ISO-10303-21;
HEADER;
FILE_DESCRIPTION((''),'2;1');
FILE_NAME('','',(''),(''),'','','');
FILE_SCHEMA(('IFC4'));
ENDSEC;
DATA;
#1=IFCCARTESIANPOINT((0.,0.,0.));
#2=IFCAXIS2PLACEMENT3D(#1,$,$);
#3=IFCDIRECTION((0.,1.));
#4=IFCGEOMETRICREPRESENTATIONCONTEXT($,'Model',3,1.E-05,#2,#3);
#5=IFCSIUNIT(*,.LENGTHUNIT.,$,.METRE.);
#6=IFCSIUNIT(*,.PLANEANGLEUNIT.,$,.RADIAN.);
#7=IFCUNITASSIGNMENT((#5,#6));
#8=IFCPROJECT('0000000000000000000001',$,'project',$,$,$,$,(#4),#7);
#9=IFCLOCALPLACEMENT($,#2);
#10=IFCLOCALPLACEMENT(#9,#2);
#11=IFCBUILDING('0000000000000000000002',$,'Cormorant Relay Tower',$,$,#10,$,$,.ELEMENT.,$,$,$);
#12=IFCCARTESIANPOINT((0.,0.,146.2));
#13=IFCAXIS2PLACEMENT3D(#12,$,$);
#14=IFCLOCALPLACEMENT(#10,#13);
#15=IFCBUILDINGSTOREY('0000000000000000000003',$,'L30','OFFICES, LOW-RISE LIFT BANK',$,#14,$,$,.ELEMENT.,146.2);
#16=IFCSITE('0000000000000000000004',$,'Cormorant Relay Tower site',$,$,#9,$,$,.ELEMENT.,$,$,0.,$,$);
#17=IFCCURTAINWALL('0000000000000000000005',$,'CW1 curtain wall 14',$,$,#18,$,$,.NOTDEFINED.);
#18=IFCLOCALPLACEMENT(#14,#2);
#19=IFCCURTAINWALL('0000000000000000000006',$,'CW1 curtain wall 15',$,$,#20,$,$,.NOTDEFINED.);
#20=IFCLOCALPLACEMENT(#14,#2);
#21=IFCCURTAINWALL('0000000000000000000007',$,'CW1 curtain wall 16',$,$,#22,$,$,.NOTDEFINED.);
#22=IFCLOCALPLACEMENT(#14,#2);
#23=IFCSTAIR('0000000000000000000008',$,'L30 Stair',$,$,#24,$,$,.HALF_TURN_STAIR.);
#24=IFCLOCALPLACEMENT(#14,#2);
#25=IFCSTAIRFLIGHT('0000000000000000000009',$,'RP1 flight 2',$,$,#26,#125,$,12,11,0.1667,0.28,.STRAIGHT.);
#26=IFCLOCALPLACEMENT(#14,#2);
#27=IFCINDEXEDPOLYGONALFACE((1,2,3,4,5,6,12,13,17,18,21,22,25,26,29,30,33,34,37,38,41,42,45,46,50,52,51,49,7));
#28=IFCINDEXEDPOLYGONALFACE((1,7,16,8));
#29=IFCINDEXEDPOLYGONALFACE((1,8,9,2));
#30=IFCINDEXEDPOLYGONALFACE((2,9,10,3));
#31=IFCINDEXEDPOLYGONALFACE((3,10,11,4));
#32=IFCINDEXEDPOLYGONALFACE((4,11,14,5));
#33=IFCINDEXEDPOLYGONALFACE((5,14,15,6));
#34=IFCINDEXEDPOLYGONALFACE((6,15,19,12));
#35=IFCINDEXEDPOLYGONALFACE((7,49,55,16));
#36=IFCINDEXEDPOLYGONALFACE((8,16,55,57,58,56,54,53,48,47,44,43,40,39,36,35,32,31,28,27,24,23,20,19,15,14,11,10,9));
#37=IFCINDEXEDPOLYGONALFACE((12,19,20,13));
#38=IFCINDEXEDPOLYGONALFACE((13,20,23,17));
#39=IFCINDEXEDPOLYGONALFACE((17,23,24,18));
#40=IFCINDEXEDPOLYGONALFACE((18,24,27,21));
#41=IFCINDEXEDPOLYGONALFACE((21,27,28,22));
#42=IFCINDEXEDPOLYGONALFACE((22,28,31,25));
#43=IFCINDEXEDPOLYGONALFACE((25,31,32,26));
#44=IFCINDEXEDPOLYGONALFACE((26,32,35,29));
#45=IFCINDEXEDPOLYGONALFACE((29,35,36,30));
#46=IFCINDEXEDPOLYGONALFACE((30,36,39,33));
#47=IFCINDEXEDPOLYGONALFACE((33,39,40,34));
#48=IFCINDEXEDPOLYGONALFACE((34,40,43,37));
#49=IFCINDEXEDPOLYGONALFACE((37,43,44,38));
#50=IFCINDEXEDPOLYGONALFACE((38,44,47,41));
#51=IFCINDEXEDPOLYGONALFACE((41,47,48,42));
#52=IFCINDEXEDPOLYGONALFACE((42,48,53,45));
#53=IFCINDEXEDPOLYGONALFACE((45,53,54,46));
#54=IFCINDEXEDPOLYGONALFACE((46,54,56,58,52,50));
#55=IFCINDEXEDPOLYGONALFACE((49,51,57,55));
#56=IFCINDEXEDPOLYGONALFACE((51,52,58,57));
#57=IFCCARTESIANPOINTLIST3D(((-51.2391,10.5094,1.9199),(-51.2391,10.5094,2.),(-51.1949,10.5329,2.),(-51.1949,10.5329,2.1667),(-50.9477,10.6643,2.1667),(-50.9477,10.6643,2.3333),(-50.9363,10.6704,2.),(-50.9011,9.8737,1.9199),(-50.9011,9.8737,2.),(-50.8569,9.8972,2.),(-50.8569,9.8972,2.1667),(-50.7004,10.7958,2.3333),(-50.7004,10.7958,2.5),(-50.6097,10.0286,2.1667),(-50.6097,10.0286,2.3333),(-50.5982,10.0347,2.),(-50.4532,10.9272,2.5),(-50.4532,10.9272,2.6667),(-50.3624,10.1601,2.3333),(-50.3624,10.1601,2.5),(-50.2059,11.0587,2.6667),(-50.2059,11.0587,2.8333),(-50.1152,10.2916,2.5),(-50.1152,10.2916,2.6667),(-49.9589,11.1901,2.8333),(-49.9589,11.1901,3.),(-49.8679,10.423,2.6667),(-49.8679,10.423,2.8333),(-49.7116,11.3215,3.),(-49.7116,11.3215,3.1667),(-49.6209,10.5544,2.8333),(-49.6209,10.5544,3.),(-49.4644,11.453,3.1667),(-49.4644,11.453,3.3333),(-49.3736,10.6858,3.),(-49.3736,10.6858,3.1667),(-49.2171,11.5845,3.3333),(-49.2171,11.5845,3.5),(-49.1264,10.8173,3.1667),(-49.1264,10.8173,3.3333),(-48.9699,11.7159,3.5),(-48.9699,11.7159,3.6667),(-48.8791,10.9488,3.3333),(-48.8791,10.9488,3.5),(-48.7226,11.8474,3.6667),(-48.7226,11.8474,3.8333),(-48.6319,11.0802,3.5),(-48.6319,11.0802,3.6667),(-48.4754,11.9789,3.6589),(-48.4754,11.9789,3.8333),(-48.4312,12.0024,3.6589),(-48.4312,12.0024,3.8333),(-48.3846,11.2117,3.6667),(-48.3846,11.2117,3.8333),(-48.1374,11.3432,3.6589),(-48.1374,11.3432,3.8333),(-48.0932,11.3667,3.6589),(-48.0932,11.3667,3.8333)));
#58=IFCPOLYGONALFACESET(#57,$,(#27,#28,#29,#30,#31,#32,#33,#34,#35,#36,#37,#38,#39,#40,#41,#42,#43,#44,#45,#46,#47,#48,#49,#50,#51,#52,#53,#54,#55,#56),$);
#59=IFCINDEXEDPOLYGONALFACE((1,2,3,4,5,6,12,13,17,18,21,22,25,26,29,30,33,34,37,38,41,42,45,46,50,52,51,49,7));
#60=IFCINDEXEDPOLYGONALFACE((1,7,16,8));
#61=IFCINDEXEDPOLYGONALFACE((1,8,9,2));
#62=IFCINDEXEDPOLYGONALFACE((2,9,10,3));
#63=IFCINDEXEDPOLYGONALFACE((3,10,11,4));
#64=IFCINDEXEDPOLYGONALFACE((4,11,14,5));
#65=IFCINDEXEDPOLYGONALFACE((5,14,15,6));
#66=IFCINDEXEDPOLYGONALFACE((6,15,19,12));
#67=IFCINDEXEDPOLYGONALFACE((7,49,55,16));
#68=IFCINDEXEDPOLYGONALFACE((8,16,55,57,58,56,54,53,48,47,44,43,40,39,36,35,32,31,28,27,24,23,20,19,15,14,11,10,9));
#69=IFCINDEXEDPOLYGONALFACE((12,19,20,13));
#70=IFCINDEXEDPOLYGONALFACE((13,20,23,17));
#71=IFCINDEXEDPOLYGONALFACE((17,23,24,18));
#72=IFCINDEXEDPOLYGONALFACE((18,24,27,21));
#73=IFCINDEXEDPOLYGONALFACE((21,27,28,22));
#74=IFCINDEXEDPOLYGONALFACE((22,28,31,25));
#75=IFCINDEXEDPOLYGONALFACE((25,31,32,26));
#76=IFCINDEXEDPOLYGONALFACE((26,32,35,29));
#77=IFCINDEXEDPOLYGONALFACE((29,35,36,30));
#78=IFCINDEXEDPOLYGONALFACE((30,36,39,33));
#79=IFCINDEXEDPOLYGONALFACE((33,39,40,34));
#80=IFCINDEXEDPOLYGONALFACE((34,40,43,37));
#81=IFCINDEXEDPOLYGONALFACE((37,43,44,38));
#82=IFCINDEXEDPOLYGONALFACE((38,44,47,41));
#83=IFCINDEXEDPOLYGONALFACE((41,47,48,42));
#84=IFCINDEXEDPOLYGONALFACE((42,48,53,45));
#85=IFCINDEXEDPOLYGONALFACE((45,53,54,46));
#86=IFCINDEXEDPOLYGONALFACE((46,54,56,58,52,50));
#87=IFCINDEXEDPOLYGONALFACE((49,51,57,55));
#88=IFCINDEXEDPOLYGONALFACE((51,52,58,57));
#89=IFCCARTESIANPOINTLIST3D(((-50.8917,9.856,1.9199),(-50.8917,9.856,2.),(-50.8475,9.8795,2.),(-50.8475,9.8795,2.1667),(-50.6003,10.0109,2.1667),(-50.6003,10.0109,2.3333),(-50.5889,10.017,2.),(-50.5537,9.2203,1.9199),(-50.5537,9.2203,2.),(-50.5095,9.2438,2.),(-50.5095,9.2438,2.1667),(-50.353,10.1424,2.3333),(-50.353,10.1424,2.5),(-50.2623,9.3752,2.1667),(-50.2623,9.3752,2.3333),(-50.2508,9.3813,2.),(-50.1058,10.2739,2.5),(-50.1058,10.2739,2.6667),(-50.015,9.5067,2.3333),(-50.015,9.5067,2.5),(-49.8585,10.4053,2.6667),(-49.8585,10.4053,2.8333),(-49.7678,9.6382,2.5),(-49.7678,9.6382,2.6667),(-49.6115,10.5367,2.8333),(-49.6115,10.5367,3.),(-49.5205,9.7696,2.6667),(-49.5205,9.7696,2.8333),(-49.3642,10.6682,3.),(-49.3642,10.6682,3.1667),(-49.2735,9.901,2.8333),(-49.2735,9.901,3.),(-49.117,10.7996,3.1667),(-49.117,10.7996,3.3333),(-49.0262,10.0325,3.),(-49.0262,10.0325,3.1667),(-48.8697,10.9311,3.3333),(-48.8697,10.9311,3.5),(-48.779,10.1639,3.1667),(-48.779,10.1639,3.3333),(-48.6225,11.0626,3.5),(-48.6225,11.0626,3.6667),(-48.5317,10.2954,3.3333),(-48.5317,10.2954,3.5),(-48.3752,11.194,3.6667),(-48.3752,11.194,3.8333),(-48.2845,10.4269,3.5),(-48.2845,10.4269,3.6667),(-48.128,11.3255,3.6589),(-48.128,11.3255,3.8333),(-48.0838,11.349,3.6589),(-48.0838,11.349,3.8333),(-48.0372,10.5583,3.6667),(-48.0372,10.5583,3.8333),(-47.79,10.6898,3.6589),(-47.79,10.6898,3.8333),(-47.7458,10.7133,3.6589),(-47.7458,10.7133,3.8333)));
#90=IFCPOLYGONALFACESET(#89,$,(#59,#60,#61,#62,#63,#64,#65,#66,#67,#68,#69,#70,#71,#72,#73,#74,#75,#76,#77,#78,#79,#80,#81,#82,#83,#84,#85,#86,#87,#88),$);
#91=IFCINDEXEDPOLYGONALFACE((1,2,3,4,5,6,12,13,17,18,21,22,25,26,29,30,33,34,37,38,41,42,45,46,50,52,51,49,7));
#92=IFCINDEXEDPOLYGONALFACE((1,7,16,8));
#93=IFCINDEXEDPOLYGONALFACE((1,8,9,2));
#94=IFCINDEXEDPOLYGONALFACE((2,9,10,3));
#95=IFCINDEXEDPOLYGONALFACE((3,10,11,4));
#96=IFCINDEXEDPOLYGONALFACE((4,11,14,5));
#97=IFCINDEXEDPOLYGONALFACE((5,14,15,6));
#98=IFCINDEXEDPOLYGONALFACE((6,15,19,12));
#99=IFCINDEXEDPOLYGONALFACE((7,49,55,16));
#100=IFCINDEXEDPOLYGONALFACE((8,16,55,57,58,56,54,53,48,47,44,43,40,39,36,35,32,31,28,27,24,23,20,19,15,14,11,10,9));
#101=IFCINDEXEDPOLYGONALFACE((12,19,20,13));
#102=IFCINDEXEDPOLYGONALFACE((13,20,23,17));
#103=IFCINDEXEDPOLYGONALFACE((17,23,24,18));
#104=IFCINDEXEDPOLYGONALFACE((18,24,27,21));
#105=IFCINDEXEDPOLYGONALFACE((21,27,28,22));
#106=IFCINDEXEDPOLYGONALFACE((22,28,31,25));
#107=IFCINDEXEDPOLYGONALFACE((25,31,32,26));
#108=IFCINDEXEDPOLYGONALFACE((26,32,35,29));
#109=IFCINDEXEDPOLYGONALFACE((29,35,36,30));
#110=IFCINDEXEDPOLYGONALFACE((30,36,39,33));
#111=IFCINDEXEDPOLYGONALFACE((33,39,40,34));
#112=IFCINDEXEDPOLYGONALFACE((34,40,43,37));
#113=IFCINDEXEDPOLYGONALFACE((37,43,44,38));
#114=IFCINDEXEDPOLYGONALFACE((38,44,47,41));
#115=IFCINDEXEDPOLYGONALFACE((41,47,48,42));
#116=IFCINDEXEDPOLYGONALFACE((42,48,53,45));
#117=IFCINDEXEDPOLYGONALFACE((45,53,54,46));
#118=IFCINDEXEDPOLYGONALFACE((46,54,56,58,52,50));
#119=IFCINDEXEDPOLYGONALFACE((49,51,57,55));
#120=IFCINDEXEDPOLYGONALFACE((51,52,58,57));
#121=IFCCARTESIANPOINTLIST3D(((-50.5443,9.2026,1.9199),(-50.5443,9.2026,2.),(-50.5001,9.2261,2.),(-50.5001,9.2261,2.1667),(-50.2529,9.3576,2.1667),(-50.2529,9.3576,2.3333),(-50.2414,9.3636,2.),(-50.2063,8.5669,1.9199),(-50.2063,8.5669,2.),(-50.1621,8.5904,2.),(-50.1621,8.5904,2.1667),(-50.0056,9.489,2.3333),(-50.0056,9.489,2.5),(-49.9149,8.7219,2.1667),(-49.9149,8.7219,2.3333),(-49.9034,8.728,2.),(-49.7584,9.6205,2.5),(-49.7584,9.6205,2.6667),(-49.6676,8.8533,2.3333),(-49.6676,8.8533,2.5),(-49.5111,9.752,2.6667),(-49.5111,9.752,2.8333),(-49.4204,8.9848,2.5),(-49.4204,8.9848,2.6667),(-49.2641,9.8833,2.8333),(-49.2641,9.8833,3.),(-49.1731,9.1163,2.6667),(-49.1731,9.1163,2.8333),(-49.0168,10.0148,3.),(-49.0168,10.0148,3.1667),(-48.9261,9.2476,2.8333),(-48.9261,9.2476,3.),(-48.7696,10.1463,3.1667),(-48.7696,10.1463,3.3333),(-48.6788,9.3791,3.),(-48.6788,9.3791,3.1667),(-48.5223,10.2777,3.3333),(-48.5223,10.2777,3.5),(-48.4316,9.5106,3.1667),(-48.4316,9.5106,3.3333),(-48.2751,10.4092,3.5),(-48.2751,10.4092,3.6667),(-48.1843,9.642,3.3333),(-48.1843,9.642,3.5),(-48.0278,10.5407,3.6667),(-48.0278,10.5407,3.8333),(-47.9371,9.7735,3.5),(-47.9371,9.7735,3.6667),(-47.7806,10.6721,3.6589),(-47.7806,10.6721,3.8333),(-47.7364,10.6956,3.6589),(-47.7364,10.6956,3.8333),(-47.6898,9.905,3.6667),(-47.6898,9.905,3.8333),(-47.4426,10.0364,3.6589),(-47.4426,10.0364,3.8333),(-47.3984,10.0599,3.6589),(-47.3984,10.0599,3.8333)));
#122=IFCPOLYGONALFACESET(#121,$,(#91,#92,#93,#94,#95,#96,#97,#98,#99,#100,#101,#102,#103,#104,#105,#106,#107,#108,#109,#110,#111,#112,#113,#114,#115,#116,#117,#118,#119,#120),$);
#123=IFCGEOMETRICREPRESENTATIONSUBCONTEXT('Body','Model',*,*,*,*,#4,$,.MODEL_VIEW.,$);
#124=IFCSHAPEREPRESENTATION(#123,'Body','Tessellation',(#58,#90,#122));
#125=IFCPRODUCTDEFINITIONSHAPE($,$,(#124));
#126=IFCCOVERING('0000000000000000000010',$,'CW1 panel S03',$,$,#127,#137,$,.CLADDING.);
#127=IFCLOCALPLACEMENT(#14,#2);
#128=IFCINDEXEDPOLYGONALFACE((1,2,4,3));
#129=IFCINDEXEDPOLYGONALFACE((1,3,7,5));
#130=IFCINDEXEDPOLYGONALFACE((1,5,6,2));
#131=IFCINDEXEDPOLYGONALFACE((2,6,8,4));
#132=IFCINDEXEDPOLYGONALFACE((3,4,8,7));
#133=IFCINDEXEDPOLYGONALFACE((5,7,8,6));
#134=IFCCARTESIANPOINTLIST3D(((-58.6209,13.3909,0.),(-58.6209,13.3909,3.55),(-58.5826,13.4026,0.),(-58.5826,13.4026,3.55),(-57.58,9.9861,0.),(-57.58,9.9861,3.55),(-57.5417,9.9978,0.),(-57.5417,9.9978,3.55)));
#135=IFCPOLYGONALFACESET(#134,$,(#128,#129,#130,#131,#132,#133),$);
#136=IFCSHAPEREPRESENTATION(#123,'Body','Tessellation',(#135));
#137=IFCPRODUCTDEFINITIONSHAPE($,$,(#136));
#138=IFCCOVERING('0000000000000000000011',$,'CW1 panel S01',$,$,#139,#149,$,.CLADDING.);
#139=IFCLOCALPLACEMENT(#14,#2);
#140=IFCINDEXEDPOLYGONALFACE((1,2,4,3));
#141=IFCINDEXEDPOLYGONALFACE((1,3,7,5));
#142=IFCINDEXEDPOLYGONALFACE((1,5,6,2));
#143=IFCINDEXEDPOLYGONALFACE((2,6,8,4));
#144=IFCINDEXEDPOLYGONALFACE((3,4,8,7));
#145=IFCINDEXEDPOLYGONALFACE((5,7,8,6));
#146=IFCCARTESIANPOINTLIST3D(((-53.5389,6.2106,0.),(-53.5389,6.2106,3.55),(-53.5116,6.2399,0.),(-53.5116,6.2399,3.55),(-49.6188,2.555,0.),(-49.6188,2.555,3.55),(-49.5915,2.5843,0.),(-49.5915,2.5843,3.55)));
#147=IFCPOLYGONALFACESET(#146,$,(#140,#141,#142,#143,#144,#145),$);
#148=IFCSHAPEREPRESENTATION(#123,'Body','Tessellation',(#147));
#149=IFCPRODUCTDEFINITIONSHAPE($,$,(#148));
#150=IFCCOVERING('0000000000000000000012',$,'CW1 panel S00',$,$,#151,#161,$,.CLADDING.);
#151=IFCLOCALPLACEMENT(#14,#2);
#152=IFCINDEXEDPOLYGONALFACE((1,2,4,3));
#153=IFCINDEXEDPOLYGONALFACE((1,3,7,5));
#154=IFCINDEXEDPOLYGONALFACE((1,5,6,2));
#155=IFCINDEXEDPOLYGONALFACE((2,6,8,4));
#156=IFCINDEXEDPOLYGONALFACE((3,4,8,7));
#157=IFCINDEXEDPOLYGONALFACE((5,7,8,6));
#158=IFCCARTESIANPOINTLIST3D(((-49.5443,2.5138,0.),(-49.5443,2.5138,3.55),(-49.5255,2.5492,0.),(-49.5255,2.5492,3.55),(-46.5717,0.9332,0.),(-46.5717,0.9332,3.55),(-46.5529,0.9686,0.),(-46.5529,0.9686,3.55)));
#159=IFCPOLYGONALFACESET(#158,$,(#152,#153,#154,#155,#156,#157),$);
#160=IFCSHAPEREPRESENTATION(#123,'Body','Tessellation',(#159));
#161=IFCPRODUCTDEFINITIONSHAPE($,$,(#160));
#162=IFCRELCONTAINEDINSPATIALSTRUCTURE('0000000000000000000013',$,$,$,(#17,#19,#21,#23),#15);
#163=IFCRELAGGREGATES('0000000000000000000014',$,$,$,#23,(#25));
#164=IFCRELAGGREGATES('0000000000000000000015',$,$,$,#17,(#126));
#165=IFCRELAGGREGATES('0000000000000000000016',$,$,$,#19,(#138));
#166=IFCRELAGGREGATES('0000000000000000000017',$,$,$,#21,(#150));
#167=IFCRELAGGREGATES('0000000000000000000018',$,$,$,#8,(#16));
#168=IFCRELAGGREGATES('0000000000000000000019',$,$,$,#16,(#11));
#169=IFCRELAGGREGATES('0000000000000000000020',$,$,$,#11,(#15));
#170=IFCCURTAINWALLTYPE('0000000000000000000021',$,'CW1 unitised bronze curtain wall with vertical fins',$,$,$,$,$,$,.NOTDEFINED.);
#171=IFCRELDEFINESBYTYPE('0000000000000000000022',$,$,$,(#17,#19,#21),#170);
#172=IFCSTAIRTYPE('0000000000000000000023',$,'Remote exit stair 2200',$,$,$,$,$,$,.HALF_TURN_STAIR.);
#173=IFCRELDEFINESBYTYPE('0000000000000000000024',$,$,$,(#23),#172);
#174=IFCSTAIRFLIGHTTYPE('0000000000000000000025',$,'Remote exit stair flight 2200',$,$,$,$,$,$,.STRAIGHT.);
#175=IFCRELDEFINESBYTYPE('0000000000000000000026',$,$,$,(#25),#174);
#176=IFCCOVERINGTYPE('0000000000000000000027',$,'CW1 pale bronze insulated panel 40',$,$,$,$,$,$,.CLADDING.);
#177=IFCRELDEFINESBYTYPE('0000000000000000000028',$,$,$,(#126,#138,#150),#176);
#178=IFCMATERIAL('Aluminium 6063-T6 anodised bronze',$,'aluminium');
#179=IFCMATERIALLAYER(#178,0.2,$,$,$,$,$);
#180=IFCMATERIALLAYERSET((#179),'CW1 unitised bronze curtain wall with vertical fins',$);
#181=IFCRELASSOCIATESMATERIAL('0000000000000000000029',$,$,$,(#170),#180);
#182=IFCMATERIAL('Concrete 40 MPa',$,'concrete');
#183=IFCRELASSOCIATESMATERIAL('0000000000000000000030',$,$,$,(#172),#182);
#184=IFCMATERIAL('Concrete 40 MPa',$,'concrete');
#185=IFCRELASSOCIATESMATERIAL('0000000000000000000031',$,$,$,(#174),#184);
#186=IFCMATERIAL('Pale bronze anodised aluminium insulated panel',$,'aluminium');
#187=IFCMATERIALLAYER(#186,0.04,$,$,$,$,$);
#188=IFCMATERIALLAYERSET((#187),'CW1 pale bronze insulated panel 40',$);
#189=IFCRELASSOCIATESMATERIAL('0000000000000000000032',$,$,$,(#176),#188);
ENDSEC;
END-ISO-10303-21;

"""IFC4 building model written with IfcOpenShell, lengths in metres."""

from ifc_helpers import new_model, si_unit, direction, frame, origin, origin_2d, place, context, subcontext, project, spatial, polyline, rectangle, outline, extrude, material, layer, layer_set, type_object, element, aggregate, save


model = new_model("IFC4")

# Units and contexts
model_context = context("Model", 3, precision=1e-05, world=origin(), true_north=direction((0.0, 1.0)))
body_context = subcontext(model_context, "Body", "Model", "MODEL_VIEW")
ifc_project = project(units=[si_unit("LENGTHUNIT", "METRE"), si_unit("PLANEANGLEUNIT", "RADIAN")], contexts=[model_context])

# Site, building, storey
site_placement = place(None, origin())
site = spatial("IfcSite", under=ifc_project, at=site_placement, Name="Cormorant Relay Tower site", CompositionType="ELEMENT", RefElevation=0.0)
building_placement = place(site_placement, origin())
building = spatial("IfcBuilding", under=site, at=building_placement, Name="Cormorant Relay Tower", CompositionType="ELEMENT")
storey_placement = place(building_placement, frame((0.0, 0.0, 146.2)))
storey = spatial("IfcBuildingStorey", under=building, at=storey_placement, Name="L30", Description="OFFICES, LOW-RISE LIFT BANK", CompositionType="ELEMENT", Elevation=146.2)

# Curtain wall
ifc_material_1 = material(Name="Aluminium 6063-T6 anodised bronze", Category="aluminium")
ifc_layer_1 = layer(ifc_material_1, 0.2)
ifc_layer_set_1 = layer_set([ifc_layer_1], Name="CW1 unitised bronze curtain wall with vertical fins")
curtain_wall_type = type_object("IfcCurtainWallType", Name="CW1 unitised bronze curtain wall with vertical fins", PredefinedType="NOTDEFINED", material=ifc_layer_set_1)
curtain_wall_1_placement = place(storey_placement, origin())
curtain_wall_1 = element("IfcCurtainWall", 1, at=curtain_wall_1_placement, inside=storey, type_object=curtain_wall_type, Name="CW1 curtain wall 14", PredefinedType="NOTDEFINED")

# Curtain wall
curtain_wall_2_placement = place(storey_placement, origin())
curtain_wall_2 = element("IfcCurtainWall", 2, at=curtain_wall_2_placement, inside=storey, type_object=curtain_wall_type, Name="CW1 curtain wall 15", PredefinedType="NOTDEFINED")

# Curtain wall
curtain_wall_3_placement = place(storey_placement, origin())
curtain_wall_3 = element("IfcCurtainWall", 3, at=curtain_wall_3_placement, inside=storey, type_object=curtain_wall_type, Name="CW1 curtain wall 16", PredefinedType="NOTDEFINED")

# Stair, stair flight
ifc_material_2 = material(Name="Concrete 40 MPa", Category="concrete")
stair_type = type_object("IfcStairType", Name="Remote exit stair 2200", PredefinedType="HALF_TURN_STAIR", material=ifc_material_2)
stair_placement = place(storey_placement, origin())
stair = element("IfcStair", 4, at=stair_placement, inside=storey, type_object=stair_type, Name="L30 Stair", PredefinedType="HALF_TURN_STAIR")
ifc_material_3 = material(Name="Concrete 40 MPa", Category="concrete")
stair_flight_type = type_object("IfcStairFlightType", Name="Remote exit stair flight 2200", PredefinedType="STRAIGHT", material=ifc_material_3)
stair_flight_1_placement = place(storey_placement, frame((-50.6785, 9.5615, 2.0), z_axis=(0.0, 0.0, 1.0), x_axis=(0.882948, 0.469472, 0.0)))
stair_flight_1 = element("IfcStairFlight", 5, at=stair_flight_1_placement, type_object=stair_flight_type, Name="RP1 flight 2", NumberOfRisers=12, NumberOfTreads=11, PredefinedType="STRAIGHT", RiserHeight=0.1667, TreadLength=0.28, context=body_context, shape_type="SweptSolid", body=[
    extrude(outline(polyline([(-0.05, -0.0801), (-0.05, 0.0), (0.0, 0.0), (0.0, 0.1667), (0.28, 0.1667), (0.28, 0.3333), (0.5601, 0.3333), (0.5601, 0.5), (0.8401, 0.5), (0.8401, 0.6667), (1.1201, 0.6667), (1.1201, 0.8333), (1.3999, 0.8333), (1.3999, 1.0), (1.6799, 1.0), (1.6799, 1.1667), (1.96, 1.1667), (1.96, 1.3333), (2.24, 1.3333), (2.24, 1.5), (2.52, 1.5), (2.52, 1.6667), (2.8, 1.6667), (2.8, 1.8333), (3.0801, 1.8333), (3.1301, 1.8333), (3.1301, 1.6589), (3.0801, 1.6589), (0.293, 0.0), (-0.05, -0.0801)])), frame((0.0, 1.1001, 0.0), z_axis=(0.0, -1.0, 0.0), x_axis=(1.0, 0.0, 0.0)), (0.0, 0.0, 1.0), 0.72),
    extrude(outline(polyline([(-0.05, -0.0801), (-0.05, 0.0), (0.0, 0.0), (0.0, 0.1667), (0.28, 0.1667), (0.28, 0.3333), (0.5601, 0.3333), (0.5601, 0.5), (0.8401, 0.5), (0.8401, 0.6667), (1.1201, 0.6667), (1.1201, 0.8333), (1.3999, 0.8333), (1.3999, 1.0), (1.6799, 1.0), (1.6799, 1.1667), (1.96, 1.1667), (1.96, 1.3333), (2.24, 1.3333), (2.24, 1.5), (2.52, 1.5), (2.52, 1.6667), (2.8, 1.6667), (2.8, 1.8333), (3.0801, 1.8333), (3.1301, 1.8333), (3.1301, 1.6589), (3.0801, 1.6589), (0.293, 0.0), (-0.05, -0.0801)])), frame((0.0, 0.3601, 0.0), z_axis=(0.0, -1.0, 0.0), x_axis=(1.0, 0.0, 0.0)), (0.0, 0.0, 1.0), 0.72),
    extrude(outline(polyline([(-0.05, -0.0801), (-0.05, 0.0), (0.0, 0.0), (0.0, 0.1667), (0.28, 0.1667), (0.28, 0.3333), (0.5601, 0.3333), (0.5601, 0.5), (0.8401, 0.5), (0.8401, 0.6667), (1.1201, 0.6667), (1.1201, 0.8333), (1.3999, 0.8333), (1.3999, 1.0), (1.6799, 1.0), (1.6799, 1.1667), (1.96, 1.1667), (1.96, 1.3333), (2.24, 1.3333), (2.24, 1.5), (2.52, 1.5), (2.52, 1.6667), (2.8, 1.6667), (2.8, 1.8333), (3.0801, 1.8333), (3.1301, 1.8333), (3.1301, 1.6589), (3.0801, 1.6589), (0.293, 0.0), (-0.05, -0.0801)])), frame((0.0, -0.3799, 0.0), z_axis=(0.0, -1.0, 0.0), x_axis=(1.0, 0.0, 0.0)), (0.0, 0.0, 1.0), 0.72),
])
aggregate(stair, [stair_flight_1])

# Coverings
ifc_material_4 = material(Name="Pale bronze anodised aluminium insulated panel", Category="aluminium")
ifc_layer_2 = layer(ifc_material_4, 0.04)
ifc_layer_set_2 = layer_set([ifc_layer_2], Name="CW1 pale bronze insulated panel 40")
covering_type = type_object("IfcCoveringType", Name="CW1 pale bronze insulated panel 40", PredefinedType="CLADDING", material=ifc_layer_set_2)
covering_1_placement = place(storey_placement, frame((-58.0813, 11.6943, 0.0), z_axis=(0.0, 0.0, 1.0), x_axis=(0.292372, -0.956305, 0.0)))
covering_1 = element("IfcCovering", 6, at=covering_1_placement, type_object=covering_type, Name="CW1 panel S03", PredefinedType="CLADDING", context=body_context, shape_type="SweptSolid", body=[
    extrude(rectangle(XDim=3.5603, YDim=0.04, at=origin_2d()), origin(), (0.0, 0.0, 1.0), 3.55),
])
aggregate(curtain_wall_1, [covering_1])
covering_2_placement = place(storey_placement, frame((-51.5652, 4.3975, 0.0), z_axis=(0.0, 0.0, 1.0), x_axis=(0.731354, -0.681998, 0.0)))
covering_2 = element("IfcCovering", 7, at=covering_2_placement, type_object=covering_type, Name="CW1 panel S01", PredefinedType="CLADDING", context=body_context, shape_type="SweptSolid", body=[
    extrude(rectangle(XDim=5.3601, YDim=0.04, at=origin_2d()), origin(), (0.0, 0.0, 1.0), 3.55),
])
aggregate(curtain_wall_2, [covering_2])
covering_3_placement = place(storey_placement, frame((-48.0486, 1.7412, 0.0), z_axis=(0.0, 0.0, 1.0), x_axis=(0.882948, -0.469472, 0.0)))
covering_3 = element("IfcCovering", 8, at=covering_3_placement, type_object=covering_type, Name="CW1 panel S00", PredefinedType="CLADDING", context=body_context, shape_type="SweptSolid", body=[
    extrude(rectangle(XDim=3.3667, YDim=0.04, at=origin_2d()), origin(), (0.0, 0.0, 1.0), 3.55),
])
aggregate(curtain_wall_3, [covering_3])

save(model, "model.ifc")
